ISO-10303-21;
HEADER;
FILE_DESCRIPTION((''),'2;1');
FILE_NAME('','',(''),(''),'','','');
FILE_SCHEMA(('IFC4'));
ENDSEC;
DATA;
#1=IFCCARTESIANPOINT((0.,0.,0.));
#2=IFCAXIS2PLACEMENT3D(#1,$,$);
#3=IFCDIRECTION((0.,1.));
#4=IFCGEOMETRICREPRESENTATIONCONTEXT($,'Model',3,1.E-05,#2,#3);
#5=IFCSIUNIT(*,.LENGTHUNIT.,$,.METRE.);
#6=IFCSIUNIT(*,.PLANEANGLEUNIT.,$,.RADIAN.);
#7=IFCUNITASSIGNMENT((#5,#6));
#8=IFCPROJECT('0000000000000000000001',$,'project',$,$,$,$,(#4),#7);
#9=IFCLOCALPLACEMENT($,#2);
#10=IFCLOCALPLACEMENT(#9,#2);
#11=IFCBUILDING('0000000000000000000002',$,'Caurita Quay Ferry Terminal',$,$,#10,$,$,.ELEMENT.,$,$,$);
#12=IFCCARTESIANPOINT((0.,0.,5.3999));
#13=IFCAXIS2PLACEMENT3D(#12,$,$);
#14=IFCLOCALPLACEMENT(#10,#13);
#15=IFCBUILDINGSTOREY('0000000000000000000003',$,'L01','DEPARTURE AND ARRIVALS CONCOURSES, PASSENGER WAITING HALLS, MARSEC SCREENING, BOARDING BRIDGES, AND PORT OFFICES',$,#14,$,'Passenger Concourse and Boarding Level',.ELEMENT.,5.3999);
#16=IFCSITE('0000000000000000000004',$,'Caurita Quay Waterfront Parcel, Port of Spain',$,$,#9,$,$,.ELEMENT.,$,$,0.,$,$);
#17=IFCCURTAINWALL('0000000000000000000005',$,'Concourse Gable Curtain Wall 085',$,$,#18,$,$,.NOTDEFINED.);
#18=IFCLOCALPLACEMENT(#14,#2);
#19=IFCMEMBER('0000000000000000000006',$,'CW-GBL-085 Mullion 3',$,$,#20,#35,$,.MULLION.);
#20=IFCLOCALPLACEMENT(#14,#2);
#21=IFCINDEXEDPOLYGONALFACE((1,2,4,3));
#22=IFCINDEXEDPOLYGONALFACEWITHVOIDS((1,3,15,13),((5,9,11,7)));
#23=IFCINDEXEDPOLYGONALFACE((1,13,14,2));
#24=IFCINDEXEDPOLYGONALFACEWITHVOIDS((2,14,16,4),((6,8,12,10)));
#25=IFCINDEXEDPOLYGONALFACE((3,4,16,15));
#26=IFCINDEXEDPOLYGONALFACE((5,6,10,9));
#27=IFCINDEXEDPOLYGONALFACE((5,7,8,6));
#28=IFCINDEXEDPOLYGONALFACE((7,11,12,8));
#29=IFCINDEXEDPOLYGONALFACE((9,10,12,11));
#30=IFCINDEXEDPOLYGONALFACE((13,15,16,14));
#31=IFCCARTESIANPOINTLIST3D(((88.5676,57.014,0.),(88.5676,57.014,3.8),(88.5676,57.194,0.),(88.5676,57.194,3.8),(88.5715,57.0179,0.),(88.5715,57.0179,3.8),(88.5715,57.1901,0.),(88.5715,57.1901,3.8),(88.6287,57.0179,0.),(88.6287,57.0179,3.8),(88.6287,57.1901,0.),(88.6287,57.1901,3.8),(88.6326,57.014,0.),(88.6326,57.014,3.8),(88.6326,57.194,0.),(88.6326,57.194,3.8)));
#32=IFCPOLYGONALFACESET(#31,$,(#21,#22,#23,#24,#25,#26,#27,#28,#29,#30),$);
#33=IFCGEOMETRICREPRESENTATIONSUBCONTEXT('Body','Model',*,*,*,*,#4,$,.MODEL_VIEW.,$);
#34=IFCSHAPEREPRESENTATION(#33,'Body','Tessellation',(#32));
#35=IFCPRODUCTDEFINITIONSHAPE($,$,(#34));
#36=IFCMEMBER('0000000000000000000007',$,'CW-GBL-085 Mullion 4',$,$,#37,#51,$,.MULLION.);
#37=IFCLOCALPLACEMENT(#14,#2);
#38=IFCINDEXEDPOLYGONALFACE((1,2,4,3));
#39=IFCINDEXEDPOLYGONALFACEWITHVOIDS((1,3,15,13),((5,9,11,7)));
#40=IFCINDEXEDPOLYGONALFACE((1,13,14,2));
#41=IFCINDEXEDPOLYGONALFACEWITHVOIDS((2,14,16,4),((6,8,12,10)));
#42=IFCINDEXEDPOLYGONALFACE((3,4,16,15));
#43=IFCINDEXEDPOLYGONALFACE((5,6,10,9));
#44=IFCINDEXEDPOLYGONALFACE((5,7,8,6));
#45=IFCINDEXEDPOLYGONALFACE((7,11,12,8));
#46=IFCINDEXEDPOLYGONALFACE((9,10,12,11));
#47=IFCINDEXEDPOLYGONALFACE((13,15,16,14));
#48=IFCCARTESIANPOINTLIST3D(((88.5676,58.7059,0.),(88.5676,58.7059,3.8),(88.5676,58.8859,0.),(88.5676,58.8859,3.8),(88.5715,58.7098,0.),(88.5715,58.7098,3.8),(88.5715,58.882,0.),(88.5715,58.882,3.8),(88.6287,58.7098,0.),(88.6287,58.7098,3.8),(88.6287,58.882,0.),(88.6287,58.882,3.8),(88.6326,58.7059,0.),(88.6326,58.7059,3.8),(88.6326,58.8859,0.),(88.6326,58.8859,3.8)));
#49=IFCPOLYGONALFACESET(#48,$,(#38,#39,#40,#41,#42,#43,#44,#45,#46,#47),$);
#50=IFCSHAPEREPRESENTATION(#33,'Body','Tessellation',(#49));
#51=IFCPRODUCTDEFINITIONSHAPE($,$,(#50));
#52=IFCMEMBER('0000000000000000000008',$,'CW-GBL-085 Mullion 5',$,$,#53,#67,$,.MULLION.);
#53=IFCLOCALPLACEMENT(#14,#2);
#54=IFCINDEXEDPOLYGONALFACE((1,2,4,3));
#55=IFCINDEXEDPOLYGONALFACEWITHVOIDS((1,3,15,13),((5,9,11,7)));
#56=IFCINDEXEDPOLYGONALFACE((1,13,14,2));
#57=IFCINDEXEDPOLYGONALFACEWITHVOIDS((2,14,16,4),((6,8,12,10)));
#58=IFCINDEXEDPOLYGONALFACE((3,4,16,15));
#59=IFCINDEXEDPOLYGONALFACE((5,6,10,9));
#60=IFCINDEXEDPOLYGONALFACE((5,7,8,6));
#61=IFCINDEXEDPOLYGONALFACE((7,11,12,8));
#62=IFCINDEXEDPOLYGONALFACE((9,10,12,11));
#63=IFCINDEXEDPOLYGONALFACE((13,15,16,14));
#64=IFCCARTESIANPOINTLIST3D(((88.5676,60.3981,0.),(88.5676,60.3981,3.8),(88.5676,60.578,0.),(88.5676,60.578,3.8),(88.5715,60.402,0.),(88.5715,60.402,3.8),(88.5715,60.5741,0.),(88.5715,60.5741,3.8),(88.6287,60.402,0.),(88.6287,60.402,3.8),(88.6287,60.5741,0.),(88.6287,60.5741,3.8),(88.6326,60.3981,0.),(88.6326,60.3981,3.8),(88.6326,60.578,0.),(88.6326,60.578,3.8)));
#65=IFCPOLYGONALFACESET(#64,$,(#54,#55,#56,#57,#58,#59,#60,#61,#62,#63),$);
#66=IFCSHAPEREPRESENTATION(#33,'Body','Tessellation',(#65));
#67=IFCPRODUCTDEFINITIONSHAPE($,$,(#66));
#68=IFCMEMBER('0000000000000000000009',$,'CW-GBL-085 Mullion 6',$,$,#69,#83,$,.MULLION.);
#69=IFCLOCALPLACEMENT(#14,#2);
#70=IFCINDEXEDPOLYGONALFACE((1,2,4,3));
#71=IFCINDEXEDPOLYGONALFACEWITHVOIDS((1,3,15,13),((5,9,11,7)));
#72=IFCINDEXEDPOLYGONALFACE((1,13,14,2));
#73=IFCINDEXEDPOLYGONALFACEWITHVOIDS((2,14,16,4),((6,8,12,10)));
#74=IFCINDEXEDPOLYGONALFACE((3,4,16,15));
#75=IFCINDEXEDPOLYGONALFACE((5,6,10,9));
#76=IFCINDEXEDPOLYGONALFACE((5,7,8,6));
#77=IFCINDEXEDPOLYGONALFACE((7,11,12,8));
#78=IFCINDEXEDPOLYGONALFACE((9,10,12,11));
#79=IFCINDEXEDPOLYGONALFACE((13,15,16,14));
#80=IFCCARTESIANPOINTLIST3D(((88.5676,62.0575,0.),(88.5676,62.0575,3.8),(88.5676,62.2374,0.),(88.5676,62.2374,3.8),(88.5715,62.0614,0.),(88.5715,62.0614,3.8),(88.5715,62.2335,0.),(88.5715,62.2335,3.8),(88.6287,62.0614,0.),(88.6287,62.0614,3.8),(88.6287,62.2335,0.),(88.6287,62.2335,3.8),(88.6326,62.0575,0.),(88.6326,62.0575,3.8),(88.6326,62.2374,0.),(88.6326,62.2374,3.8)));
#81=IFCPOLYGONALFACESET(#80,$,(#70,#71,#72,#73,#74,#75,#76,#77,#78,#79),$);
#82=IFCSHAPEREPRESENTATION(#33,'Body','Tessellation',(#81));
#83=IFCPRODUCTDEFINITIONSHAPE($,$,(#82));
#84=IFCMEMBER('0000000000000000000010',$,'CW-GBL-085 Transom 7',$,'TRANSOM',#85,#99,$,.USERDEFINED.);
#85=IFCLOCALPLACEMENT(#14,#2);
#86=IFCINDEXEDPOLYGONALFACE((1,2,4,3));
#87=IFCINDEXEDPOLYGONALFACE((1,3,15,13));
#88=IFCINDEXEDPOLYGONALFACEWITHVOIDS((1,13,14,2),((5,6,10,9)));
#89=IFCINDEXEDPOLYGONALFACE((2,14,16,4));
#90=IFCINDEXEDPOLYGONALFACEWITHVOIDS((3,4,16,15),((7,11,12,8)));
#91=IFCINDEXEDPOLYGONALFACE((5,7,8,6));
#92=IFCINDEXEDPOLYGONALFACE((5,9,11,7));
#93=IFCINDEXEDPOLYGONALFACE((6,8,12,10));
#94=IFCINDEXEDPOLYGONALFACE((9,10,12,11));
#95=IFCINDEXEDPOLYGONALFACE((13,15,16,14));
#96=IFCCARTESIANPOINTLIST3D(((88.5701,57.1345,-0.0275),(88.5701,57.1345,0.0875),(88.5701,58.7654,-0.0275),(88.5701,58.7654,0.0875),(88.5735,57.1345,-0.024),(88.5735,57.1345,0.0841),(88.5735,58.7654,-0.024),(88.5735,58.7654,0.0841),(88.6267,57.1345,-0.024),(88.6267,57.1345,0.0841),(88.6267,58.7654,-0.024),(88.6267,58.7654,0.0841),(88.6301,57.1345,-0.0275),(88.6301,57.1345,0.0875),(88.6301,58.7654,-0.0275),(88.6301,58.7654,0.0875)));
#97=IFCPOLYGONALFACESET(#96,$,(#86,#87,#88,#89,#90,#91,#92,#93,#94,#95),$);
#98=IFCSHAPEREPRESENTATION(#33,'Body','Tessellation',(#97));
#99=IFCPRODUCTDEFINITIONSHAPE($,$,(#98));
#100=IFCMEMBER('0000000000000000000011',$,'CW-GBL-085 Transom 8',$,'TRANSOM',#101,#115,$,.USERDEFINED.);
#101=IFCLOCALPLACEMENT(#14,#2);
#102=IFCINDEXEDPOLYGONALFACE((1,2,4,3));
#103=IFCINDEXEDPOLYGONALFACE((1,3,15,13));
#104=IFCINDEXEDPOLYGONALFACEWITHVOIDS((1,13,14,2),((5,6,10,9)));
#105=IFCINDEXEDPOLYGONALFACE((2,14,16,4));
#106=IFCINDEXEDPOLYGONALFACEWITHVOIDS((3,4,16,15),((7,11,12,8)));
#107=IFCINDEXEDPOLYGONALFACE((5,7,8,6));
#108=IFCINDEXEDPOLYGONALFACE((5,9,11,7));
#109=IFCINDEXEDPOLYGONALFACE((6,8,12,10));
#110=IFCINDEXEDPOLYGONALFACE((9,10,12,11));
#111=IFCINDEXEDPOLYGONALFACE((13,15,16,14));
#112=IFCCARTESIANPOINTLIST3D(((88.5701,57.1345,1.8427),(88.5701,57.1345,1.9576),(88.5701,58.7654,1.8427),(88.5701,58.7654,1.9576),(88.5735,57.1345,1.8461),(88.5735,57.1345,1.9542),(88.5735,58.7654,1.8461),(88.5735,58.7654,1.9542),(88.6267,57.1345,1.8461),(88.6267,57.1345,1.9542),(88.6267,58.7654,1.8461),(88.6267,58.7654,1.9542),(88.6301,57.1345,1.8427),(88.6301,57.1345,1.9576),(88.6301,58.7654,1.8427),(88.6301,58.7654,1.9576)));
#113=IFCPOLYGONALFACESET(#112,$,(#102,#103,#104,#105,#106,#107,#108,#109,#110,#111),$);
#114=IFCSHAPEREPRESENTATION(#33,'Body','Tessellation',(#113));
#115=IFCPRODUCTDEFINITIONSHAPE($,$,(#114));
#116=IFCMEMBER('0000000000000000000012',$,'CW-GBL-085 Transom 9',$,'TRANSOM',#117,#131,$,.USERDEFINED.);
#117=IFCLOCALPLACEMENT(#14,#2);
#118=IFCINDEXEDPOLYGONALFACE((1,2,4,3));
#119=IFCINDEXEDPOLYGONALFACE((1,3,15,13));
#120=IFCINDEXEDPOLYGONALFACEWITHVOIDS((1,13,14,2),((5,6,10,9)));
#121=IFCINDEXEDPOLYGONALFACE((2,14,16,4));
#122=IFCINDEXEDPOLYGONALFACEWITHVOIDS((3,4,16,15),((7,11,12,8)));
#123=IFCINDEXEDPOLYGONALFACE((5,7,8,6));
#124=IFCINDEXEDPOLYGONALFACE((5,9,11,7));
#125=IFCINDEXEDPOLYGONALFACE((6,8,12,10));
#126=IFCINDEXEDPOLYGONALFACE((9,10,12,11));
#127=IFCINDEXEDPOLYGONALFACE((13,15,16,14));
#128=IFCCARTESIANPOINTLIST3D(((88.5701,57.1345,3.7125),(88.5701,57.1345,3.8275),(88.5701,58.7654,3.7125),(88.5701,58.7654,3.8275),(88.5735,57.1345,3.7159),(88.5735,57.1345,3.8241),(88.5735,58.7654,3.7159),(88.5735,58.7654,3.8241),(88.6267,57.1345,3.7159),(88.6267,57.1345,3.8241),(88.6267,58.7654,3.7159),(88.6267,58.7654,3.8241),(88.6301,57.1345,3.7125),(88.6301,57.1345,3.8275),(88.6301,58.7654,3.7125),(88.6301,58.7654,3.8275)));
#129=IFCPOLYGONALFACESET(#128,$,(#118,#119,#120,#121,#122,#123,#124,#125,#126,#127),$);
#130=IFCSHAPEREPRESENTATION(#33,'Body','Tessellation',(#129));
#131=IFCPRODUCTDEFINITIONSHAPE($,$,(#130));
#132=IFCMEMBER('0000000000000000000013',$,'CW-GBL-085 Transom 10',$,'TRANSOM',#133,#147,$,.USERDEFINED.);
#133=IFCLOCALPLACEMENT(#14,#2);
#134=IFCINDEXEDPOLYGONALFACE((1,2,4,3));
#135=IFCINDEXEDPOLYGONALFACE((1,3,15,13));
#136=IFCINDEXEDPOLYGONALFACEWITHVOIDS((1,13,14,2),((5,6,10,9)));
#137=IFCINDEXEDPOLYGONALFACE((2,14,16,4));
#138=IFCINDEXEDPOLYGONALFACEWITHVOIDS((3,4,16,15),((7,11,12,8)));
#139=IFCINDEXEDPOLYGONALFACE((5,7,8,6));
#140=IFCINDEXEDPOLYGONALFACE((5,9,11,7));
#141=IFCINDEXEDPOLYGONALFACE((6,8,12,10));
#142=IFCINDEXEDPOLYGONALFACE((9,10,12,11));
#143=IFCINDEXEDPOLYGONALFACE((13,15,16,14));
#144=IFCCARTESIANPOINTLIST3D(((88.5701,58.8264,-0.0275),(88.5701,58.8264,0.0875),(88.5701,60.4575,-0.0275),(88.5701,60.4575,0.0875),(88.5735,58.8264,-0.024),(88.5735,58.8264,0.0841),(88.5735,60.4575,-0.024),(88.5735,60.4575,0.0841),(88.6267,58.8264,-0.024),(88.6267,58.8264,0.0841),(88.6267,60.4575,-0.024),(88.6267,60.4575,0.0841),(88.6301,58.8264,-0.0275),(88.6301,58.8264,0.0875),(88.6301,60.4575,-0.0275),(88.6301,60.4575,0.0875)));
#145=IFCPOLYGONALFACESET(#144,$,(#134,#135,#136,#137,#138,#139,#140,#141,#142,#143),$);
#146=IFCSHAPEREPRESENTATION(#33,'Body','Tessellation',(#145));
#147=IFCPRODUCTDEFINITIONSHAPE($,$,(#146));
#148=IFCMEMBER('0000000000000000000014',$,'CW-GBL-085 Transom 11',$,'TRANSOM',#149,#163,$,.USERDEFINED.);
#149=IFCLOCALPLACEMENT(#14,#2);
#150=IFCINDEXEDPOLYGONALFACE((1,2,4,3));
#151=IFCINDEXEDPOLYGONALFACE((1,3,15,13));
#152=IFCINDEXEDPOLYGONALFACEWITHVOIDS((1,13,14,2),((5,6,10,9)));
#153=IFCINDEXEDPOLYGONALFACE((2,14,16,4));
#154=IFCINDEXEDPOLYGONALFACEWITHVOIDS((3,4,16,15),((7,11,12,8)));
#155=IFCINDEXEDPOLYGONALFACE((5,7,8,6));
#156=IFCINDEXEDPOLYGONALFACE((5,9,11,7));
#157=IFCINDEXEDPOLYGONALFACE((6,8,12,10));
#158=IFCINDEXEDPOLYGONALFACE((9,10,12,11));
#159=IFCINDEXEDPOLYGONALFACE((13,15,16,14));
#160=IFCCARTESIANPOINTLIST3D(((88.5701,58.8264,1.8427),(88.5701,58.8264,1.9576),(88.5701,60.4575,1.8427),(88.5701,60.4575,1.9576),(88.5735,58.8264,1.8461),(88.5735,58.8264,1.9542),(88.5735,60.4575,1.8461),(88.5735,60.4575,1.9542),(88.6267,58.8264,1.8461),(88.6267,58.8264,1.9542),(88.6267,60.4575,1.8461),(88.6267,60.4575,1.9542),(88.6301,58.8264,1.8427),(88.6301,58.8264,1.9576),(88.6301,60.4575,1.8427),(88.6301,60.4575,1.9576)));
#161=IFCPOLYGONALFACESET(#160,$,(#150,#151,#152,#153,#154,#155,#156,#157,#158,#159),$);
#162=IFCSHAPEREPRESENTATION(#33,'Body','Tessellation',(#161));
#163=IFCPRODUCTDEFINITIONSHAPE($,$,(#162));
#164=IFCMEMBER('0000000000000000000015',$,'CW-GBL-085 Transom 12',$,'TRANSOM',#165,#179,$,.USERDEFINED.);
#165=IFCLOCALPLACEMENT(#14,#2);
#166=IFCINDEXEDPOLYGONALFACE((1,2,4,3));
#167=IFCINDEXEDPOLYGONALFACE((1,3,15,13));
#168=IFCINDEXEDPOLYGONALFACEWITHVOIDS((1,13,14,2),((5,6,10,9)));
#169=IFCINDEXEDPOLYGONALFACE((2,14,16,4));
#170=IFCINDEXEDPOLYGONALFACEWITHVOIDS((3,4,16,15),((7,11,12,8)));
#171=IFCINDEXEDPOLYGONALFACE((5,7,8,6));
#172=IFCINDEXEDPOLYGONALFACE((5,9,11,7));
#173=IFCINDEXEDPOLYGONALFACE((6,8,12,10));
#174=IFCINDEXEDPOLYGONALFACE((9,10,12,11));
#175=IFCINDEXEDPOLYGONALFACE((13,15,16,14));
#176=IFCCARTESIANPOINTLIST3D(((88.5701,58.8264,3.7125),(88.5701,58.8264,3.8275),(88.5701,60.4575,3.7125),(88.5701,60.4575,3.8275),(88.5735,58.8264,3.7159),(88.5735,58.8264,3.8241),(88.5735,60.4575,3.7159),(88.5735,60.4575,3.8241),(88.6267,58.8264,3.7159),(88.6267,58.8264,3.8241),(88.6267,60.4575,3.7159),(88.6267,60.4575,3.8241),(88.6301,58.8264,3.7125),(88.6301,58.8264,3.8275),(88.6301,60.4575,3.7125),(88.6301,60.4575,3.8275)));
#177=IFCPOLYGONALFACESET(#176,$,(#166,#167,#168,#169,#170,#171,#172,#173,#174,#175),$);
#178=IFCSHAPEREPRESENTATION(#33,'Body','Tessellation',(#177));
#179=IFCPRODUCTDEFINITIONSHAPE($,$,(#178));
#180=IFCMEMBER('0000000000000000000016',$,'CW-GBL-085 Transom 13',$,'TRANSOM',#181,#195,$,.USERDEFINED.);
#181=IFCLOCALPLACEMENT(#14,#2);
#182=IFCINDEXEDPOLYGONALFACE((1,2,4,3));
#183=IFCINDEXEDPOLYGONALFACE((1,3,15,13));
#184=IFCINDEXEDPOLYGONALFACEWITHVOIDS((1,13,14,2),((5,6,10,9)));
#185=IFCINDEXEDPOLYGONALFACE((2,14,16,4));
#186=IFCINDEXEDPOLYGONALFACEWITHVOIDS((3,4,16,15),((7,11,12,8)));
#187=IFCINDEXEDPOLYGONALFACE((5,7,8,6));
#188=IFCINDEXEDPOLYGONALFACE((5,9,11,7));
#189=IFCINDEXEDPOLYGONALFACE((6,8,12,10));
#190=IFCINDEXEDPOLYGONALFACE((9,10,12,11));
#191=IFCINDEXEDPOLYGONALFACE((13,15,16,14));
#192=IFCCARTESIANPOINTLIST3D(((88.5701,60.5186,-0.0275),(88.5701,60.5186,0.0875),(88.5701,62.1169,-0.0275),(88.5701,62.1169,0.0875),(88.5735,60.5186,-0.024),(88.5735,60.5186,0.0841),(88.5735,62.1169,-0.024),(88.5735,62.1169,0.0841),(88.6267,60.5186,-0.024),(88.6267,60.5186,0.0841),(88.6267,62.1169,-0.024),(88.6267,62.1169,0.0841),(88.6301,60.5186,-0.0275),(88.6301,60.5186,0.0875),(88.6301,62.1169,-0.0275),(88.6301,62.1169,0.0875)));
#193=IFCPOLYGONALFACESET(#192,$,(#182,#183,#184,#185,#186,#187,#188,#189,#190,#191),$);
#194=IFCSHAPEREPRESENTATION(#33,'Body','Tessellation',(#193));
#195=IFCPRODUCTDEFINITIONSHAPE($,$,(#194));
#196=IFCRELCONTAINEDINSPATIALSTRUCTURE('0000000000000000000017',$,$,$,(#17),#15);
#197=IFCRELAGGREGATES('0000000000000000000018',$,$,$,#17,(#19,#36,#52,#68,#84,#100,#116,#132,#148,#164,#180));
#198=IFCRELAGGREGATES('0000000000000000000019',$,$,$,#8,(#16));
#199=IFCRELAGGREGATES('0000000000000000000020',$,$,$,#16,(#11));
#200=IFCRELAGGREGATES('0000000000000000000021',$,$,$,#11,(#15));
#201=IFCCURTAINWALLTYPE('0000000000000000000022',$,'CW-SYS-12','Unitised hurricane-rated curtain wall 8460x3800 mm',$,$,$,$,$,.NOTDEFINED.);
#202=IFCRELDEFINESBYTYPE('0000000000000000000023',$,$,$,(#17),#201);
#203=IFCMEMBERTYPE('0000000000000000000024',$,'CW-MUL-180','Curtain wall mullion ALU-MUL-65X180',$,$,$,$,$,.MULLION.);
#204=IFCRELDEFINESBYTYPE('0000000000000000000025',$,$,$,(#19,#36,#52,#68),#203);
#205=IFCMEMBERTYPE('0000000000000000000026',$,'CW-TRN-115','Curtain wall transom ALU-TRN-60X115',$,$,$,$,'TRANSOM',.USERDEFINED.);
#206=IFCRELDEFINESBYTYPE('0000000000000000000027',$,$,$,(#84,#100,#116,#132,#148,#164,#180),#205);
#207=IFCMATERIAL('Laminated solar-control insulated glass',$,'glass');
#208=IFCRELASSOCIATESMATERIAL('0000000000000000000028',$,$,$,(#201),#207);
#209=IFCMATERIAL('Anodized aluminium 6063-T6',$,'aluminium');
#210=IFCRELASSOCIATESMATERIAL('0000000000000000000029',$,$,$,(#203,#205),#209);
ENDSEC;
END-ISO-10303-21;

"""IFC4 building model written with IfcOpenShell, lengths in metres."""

from ifc_helpers import new_model, si_unit, direction, frame, origin, origin_2d, place, context, subcontext, project, spatial, hollow_rectangle, extrude, material, material_profile, profile_set, type_object, element, aggregate, save


model = new_model("IFC4")

# Units and contexts
model_context = context("Model", 3, precision=1e-05, world=origin(), true_north=direction((0.0, 1.0)))
body_context = subcontext(model_context, "Body", "Model", "MODEL_VIEW")
ifc_project = project(units=[si_unit("LENGTHUNIT", "METRE"), si_unit("PLANEANGLEUNIT", "RADIAN")], contexts=[model_context])

# Site, building, storey
site_placement = place(None, origin())
site = spatial("IfcSite", under=ifc_project, at=site_placement, Name="Caurita Quay Waterfront Parcel, Port of Spain", CompositionType="ELEMENT", RefElevation=0.0)
building_placement = place(site_placement, origin())
building = spatial("IfcBuilding", under=site, at=building_placement, Name="Caurita Quay Ferry Terminal", CompositionType="ELEMENT")
storey_placement = place(building_placement, frame((0.0, 0.0, 5.3999)))
storey = spatial("IfcBuildingStorey", under=building, at=storey_placement, Name="L01", Description="DEPARTURE AND ARRIVALS CONCOURSES, PASSENGER WAITING HALLS, MARSEC SCREENING, BOARDING BRIDGES, AND PORT OFFICES", LongName="Passenger Concourse and Boarding Level", CompositionType="ELEMENT", Elevation=5.3999)

# Curtain wall, members
ifc_material_1 = material(Name="Laminated solar-control insulated glass", Category="glass")
curtain_wall_type = type_object("IfcCurtainWallType", Name="CW-SYS-12", Description="Unitised hurricane-rated curtain wall 8460x3800 mm", PredefinedType="NOTDEFINED", material=ifc_material_1)
curtain_wall_placement = place(storey_placement, origin())
curtain_wall = element("IfcCurtainWall", 1, at=curtain_wall_placement, inside=storey, type_object=curtain_wall_type, Name="Concourse Gable Curtain Wall 085", PredefinedType="NOTDEFINED")
ifc_material_2 = material(Name="Anodized aluminium 6063-T6", Category="aluminium")
ifc_material_profile_1 = material_profile(ifc_material_2, hollow_rectangle(XDim=0.0649, YDim=0.1799, WallThickness=0.0039, at=origin_2d()), Name="ALU-MUL-65X180")
ifc_profile_set_1 = profile_set([ifc_material_profile_1], Name="Anodized aluminium 6063-T6")
member_type_1 = type_object("IfcMemberType", Name="CW-MUL-180", Description="Curtain wall mullion ALU-MUL-65X180", PredefinedType="MULLION", material=ifc_profile_set_1)
member_1_placement = place(storey_placement, frame((88.6001, 57.104, 0.0), z_axis=(0.0, 0.0, 1.0), x_axis=(-1.0, 0.0, 0.0)))
member_1 = element("IfcMember", 2, at=member_1_placement, type_object=member_type_1, Name="CW-GBL-085 Mullion 3", PredefinedType="MULLION", context=body_context, shape_type="SweptSolid", body=[
    extrude(hollow_rectangle(XDim=0.0649, YDim=0.1799, WallThickness=0.0039, at=origin_2d()), origin(), (0.0, 0.0, 1.0), 3.8),
])
member_2_placement = place(storey_placement, frame((88.6001, 58.7959, 0.0), z_axis=(0.0, 0.0, 1.0), x_axis=(-1.0, 0.0, 0.0)))
member_2 = element("IfcMember", 3, at=member_2_placement, type_object=member_type_1, Name="CW-GBL-085 Mullion 4", PredefinedType="MULLION", context=body_context, shape_type="SweptSolid", body=[
    extrude(hollow_rectangle(XDim=0.0649, YDim=0.1799, WallThickness=0.0039, at=origin_2d()), origin(), (0.0, 0.0, 1.0), 3.8),
])
member_3_placement = place(storey_placement, frame((88.6001, 60.488, 0.0), z_axis=(0.0, 0.0, 1.0), x_axis=(-1.0, 0.0, 0.0)))
member_3 = element("IfcMember", 4, at=member_3_placement, type_object=member_type_1, Name="CW-GBL-085 Mullion 5", PredefinedType="MULLION", context=body_context, shape_type="SweptSolid", body=[
    extrude(hollow_rectangle(XDim=0.0649, YDim=0.1799, WallThickness=0.0039, at=origin_2d()), origin(), (0.0, 0.0, 1.0), 3.8),
])
member_4_placement = place(storey_placement, frame((88.6001, 62.1475, 0.0), z_axis=(0.0, 0.0, 1.0), x_axis=(-1.0, 0.0, 0.0)))
member_4 = element("IfcMember", 5, at=member_4_placement, type_object=member_type_1, Name="CW-GBL-085 Mullion 6", PredefinedType="MULLION", context=body_context, shape_type="SweptSolid", body=[
    extrude(hollow_rectangle(XDim=0.0649, YDim=0.1799, WallThickness=0.0039, at=origin_2d()), origin(), (0.0, 0.0, 1.0), 3.8),
])
ifc_material_profile_2 = material_profile(ifc_material_2, hollow_rectangle(XDim=0.0601, YDim=0.115, WallThickness=0.0034, at=origin_2d()), Name="ALU-TRN-60X115")
ifc_profile_set_2 = profile_set([ifc_material_profile_2], Name="Anodized aluminium 6063-T6")
member_type_2 = type_object("IfcMemberType", Name="CW-TRN-115", Description="Curtain wall transom ALU-TRN-60X115", ElementType="TRANSOM", PredefinedType="USERDEFINED", material=ifc_profile_set_2)
member_5_placement = place(storey_placement, frame((88.6001, 57.1345, 0.03), z_axis=(0.0, 1.0, 0.0), x_axis=(-1.0, 0.0, 0.0)))
member_5 = element("IfcMember", 6, at=member_5_placement, type_object=member_type_2, Name="CW-GBL-085 Transom 7", ObjectType="TRANSOM", PredefinedType="USERDEFINED", context=body_context, shape_type="SweptSolid", body=[
    extrude(hollow_rectangle(XDim=0.0601, YDim=0.115, WallThickness=0.0034, at=origin_2d()), origin(), (0.0, 0.0, 1.0), 1.6309),
])
member_6_placement = place(storey_placement, frame((88.6001, 57.1345, 1.9001), z_axis=(0.0, 1.0, 0.0), x_axis=(-1.0, 0.0, 0.0)))
member_6 = element("IfcMember", 7, at=member_6_placement, type_object=member_type_2, Name="CW-GBL-085 Transom 8", ObjectType="TRANSOM", PredefinedType="USERDEFINED", context=body_context, shape_type="SweptSolid", body=[
    extrude(hollow_rectangle(XDim=0.0601, YDim=0.115, WallThickness=0.0034, at=origin_2d()), origin(), (0.0, 0.0, 1.0), 1.6309),
])
member_7_placement = place(storey_placement, frame((88.6001, 57.1345, 3.77), z_axis=(0.0, 1.0, 0.0), x_axis=(-1.0, 0.0, 0.0)))
member_7 = element("IfcMember", 8, at=member_7_placement, type_object=member_type_2, Name="CW-GBL-085 Transom 9", ObjectType="TRANSOM", PredefinedType="USERDEFINED", context=body_context, shape_type="SweptSolid", body=[
    extrude(hollow_rectangle(XDim=0.0601, YDim=0.115, WallThickness=0.0034, at=origin_2d()), origin(), (0.0, 0.0, 1.0), 1.6309),
])
member_8_placement = place(storey_placement, frame((88.6001, 58.8264, 0.03), z_axis=(0.0, 1.0, 0.0), x_axis=(-1.0, 0.0, 0.0)))
member_8 = element("IfcMember", 9, at=member_8_placement, type_object=member_type_2, Name="CW-GBL-085 Transom 10", ObjectType="TRANSOM", PredefinedType="USERDEFINED", context=body_context, shape_type="SweptSolid", body=[
    extrude(hollow_rectangle(XDim=0.0601, YDim=0.115, WallThickness=0.0034, at=origin_2d()), origin(), (0.0, 0.0, 1.0), 1.6311),
])
member_9_placement = place(storey_placement, frame((88.6001, 58.8264, 1.9001), z_axis=(0.0, 1.0, 0.0), x_axis=(-1.0, 0.0, 0.0)))
member_9 = element("IfcMember", 10, at=member_9_placement, type_object=member_type_2, Name="CW-GBL-085 Transom 11", ObjectType="TRANSOM", PredefinedType="USERDEFINED", context=body_context, shape_type="SweptSolid", body=[
    extrude(hollow_rectangle(XDim=0.0601, YDim=0.115, WallThickness=0.0034, at=origin_2d()), origin(), (0.0, 0.0, 1.0), 1.6311),
])
member_10_placement = place(storey_placement, frame((88.6001, 58.8264, 3.77), z_axis=(0.0, 1.0, 0.0), x_axis=(-1.0, 0.0, 0.0)))
member_10 = element("IfcMember", 11, at=member_10_placement, type_object=member_type_2, Name="CW-GBL-085 Transom 12", ObjectType="TRANSOM", PredefinedType="USERDEFINED", context=body_context, shape_type="SweptSolid", body=[
    extrude(hollow_rectangle(XDim=0.0601, YDim=0.115, WallThickness=0.0034, at=origin_2d()), origin(), (0.0, 0.0, 1.0), 1.6311),
])
member_11_placement = place(storey_placement, frame((88.6001, 60.5186, 0.03), z_axis=(0.0, 1.0, 0.0), x_axis=(-1.0, 0.0, 0.0)))
member_11 = element("IfcMember", 12, at=member_11_placement, type_object=member_type_2, Name="CW-GBL-085 Transom 13", ObjectType="TRANSOM", PredefinedType="USERDEFINED", context=body_context, shape_type="SweptSolid", body=[
    extrude(hollow_rectangle(XDim=0.0601, YDim=0.115, WallThickness=0.0034, at=origin_2d()), origin(), (0.0, 0.0, 1.0), 1.5984),
])
aggregate(curtain_wall, [member_1, member_2, member_3, member_4, member_5, member_6, member_7, member_8, member_9, member_10, member_11])

save(model, "model.ifc")
